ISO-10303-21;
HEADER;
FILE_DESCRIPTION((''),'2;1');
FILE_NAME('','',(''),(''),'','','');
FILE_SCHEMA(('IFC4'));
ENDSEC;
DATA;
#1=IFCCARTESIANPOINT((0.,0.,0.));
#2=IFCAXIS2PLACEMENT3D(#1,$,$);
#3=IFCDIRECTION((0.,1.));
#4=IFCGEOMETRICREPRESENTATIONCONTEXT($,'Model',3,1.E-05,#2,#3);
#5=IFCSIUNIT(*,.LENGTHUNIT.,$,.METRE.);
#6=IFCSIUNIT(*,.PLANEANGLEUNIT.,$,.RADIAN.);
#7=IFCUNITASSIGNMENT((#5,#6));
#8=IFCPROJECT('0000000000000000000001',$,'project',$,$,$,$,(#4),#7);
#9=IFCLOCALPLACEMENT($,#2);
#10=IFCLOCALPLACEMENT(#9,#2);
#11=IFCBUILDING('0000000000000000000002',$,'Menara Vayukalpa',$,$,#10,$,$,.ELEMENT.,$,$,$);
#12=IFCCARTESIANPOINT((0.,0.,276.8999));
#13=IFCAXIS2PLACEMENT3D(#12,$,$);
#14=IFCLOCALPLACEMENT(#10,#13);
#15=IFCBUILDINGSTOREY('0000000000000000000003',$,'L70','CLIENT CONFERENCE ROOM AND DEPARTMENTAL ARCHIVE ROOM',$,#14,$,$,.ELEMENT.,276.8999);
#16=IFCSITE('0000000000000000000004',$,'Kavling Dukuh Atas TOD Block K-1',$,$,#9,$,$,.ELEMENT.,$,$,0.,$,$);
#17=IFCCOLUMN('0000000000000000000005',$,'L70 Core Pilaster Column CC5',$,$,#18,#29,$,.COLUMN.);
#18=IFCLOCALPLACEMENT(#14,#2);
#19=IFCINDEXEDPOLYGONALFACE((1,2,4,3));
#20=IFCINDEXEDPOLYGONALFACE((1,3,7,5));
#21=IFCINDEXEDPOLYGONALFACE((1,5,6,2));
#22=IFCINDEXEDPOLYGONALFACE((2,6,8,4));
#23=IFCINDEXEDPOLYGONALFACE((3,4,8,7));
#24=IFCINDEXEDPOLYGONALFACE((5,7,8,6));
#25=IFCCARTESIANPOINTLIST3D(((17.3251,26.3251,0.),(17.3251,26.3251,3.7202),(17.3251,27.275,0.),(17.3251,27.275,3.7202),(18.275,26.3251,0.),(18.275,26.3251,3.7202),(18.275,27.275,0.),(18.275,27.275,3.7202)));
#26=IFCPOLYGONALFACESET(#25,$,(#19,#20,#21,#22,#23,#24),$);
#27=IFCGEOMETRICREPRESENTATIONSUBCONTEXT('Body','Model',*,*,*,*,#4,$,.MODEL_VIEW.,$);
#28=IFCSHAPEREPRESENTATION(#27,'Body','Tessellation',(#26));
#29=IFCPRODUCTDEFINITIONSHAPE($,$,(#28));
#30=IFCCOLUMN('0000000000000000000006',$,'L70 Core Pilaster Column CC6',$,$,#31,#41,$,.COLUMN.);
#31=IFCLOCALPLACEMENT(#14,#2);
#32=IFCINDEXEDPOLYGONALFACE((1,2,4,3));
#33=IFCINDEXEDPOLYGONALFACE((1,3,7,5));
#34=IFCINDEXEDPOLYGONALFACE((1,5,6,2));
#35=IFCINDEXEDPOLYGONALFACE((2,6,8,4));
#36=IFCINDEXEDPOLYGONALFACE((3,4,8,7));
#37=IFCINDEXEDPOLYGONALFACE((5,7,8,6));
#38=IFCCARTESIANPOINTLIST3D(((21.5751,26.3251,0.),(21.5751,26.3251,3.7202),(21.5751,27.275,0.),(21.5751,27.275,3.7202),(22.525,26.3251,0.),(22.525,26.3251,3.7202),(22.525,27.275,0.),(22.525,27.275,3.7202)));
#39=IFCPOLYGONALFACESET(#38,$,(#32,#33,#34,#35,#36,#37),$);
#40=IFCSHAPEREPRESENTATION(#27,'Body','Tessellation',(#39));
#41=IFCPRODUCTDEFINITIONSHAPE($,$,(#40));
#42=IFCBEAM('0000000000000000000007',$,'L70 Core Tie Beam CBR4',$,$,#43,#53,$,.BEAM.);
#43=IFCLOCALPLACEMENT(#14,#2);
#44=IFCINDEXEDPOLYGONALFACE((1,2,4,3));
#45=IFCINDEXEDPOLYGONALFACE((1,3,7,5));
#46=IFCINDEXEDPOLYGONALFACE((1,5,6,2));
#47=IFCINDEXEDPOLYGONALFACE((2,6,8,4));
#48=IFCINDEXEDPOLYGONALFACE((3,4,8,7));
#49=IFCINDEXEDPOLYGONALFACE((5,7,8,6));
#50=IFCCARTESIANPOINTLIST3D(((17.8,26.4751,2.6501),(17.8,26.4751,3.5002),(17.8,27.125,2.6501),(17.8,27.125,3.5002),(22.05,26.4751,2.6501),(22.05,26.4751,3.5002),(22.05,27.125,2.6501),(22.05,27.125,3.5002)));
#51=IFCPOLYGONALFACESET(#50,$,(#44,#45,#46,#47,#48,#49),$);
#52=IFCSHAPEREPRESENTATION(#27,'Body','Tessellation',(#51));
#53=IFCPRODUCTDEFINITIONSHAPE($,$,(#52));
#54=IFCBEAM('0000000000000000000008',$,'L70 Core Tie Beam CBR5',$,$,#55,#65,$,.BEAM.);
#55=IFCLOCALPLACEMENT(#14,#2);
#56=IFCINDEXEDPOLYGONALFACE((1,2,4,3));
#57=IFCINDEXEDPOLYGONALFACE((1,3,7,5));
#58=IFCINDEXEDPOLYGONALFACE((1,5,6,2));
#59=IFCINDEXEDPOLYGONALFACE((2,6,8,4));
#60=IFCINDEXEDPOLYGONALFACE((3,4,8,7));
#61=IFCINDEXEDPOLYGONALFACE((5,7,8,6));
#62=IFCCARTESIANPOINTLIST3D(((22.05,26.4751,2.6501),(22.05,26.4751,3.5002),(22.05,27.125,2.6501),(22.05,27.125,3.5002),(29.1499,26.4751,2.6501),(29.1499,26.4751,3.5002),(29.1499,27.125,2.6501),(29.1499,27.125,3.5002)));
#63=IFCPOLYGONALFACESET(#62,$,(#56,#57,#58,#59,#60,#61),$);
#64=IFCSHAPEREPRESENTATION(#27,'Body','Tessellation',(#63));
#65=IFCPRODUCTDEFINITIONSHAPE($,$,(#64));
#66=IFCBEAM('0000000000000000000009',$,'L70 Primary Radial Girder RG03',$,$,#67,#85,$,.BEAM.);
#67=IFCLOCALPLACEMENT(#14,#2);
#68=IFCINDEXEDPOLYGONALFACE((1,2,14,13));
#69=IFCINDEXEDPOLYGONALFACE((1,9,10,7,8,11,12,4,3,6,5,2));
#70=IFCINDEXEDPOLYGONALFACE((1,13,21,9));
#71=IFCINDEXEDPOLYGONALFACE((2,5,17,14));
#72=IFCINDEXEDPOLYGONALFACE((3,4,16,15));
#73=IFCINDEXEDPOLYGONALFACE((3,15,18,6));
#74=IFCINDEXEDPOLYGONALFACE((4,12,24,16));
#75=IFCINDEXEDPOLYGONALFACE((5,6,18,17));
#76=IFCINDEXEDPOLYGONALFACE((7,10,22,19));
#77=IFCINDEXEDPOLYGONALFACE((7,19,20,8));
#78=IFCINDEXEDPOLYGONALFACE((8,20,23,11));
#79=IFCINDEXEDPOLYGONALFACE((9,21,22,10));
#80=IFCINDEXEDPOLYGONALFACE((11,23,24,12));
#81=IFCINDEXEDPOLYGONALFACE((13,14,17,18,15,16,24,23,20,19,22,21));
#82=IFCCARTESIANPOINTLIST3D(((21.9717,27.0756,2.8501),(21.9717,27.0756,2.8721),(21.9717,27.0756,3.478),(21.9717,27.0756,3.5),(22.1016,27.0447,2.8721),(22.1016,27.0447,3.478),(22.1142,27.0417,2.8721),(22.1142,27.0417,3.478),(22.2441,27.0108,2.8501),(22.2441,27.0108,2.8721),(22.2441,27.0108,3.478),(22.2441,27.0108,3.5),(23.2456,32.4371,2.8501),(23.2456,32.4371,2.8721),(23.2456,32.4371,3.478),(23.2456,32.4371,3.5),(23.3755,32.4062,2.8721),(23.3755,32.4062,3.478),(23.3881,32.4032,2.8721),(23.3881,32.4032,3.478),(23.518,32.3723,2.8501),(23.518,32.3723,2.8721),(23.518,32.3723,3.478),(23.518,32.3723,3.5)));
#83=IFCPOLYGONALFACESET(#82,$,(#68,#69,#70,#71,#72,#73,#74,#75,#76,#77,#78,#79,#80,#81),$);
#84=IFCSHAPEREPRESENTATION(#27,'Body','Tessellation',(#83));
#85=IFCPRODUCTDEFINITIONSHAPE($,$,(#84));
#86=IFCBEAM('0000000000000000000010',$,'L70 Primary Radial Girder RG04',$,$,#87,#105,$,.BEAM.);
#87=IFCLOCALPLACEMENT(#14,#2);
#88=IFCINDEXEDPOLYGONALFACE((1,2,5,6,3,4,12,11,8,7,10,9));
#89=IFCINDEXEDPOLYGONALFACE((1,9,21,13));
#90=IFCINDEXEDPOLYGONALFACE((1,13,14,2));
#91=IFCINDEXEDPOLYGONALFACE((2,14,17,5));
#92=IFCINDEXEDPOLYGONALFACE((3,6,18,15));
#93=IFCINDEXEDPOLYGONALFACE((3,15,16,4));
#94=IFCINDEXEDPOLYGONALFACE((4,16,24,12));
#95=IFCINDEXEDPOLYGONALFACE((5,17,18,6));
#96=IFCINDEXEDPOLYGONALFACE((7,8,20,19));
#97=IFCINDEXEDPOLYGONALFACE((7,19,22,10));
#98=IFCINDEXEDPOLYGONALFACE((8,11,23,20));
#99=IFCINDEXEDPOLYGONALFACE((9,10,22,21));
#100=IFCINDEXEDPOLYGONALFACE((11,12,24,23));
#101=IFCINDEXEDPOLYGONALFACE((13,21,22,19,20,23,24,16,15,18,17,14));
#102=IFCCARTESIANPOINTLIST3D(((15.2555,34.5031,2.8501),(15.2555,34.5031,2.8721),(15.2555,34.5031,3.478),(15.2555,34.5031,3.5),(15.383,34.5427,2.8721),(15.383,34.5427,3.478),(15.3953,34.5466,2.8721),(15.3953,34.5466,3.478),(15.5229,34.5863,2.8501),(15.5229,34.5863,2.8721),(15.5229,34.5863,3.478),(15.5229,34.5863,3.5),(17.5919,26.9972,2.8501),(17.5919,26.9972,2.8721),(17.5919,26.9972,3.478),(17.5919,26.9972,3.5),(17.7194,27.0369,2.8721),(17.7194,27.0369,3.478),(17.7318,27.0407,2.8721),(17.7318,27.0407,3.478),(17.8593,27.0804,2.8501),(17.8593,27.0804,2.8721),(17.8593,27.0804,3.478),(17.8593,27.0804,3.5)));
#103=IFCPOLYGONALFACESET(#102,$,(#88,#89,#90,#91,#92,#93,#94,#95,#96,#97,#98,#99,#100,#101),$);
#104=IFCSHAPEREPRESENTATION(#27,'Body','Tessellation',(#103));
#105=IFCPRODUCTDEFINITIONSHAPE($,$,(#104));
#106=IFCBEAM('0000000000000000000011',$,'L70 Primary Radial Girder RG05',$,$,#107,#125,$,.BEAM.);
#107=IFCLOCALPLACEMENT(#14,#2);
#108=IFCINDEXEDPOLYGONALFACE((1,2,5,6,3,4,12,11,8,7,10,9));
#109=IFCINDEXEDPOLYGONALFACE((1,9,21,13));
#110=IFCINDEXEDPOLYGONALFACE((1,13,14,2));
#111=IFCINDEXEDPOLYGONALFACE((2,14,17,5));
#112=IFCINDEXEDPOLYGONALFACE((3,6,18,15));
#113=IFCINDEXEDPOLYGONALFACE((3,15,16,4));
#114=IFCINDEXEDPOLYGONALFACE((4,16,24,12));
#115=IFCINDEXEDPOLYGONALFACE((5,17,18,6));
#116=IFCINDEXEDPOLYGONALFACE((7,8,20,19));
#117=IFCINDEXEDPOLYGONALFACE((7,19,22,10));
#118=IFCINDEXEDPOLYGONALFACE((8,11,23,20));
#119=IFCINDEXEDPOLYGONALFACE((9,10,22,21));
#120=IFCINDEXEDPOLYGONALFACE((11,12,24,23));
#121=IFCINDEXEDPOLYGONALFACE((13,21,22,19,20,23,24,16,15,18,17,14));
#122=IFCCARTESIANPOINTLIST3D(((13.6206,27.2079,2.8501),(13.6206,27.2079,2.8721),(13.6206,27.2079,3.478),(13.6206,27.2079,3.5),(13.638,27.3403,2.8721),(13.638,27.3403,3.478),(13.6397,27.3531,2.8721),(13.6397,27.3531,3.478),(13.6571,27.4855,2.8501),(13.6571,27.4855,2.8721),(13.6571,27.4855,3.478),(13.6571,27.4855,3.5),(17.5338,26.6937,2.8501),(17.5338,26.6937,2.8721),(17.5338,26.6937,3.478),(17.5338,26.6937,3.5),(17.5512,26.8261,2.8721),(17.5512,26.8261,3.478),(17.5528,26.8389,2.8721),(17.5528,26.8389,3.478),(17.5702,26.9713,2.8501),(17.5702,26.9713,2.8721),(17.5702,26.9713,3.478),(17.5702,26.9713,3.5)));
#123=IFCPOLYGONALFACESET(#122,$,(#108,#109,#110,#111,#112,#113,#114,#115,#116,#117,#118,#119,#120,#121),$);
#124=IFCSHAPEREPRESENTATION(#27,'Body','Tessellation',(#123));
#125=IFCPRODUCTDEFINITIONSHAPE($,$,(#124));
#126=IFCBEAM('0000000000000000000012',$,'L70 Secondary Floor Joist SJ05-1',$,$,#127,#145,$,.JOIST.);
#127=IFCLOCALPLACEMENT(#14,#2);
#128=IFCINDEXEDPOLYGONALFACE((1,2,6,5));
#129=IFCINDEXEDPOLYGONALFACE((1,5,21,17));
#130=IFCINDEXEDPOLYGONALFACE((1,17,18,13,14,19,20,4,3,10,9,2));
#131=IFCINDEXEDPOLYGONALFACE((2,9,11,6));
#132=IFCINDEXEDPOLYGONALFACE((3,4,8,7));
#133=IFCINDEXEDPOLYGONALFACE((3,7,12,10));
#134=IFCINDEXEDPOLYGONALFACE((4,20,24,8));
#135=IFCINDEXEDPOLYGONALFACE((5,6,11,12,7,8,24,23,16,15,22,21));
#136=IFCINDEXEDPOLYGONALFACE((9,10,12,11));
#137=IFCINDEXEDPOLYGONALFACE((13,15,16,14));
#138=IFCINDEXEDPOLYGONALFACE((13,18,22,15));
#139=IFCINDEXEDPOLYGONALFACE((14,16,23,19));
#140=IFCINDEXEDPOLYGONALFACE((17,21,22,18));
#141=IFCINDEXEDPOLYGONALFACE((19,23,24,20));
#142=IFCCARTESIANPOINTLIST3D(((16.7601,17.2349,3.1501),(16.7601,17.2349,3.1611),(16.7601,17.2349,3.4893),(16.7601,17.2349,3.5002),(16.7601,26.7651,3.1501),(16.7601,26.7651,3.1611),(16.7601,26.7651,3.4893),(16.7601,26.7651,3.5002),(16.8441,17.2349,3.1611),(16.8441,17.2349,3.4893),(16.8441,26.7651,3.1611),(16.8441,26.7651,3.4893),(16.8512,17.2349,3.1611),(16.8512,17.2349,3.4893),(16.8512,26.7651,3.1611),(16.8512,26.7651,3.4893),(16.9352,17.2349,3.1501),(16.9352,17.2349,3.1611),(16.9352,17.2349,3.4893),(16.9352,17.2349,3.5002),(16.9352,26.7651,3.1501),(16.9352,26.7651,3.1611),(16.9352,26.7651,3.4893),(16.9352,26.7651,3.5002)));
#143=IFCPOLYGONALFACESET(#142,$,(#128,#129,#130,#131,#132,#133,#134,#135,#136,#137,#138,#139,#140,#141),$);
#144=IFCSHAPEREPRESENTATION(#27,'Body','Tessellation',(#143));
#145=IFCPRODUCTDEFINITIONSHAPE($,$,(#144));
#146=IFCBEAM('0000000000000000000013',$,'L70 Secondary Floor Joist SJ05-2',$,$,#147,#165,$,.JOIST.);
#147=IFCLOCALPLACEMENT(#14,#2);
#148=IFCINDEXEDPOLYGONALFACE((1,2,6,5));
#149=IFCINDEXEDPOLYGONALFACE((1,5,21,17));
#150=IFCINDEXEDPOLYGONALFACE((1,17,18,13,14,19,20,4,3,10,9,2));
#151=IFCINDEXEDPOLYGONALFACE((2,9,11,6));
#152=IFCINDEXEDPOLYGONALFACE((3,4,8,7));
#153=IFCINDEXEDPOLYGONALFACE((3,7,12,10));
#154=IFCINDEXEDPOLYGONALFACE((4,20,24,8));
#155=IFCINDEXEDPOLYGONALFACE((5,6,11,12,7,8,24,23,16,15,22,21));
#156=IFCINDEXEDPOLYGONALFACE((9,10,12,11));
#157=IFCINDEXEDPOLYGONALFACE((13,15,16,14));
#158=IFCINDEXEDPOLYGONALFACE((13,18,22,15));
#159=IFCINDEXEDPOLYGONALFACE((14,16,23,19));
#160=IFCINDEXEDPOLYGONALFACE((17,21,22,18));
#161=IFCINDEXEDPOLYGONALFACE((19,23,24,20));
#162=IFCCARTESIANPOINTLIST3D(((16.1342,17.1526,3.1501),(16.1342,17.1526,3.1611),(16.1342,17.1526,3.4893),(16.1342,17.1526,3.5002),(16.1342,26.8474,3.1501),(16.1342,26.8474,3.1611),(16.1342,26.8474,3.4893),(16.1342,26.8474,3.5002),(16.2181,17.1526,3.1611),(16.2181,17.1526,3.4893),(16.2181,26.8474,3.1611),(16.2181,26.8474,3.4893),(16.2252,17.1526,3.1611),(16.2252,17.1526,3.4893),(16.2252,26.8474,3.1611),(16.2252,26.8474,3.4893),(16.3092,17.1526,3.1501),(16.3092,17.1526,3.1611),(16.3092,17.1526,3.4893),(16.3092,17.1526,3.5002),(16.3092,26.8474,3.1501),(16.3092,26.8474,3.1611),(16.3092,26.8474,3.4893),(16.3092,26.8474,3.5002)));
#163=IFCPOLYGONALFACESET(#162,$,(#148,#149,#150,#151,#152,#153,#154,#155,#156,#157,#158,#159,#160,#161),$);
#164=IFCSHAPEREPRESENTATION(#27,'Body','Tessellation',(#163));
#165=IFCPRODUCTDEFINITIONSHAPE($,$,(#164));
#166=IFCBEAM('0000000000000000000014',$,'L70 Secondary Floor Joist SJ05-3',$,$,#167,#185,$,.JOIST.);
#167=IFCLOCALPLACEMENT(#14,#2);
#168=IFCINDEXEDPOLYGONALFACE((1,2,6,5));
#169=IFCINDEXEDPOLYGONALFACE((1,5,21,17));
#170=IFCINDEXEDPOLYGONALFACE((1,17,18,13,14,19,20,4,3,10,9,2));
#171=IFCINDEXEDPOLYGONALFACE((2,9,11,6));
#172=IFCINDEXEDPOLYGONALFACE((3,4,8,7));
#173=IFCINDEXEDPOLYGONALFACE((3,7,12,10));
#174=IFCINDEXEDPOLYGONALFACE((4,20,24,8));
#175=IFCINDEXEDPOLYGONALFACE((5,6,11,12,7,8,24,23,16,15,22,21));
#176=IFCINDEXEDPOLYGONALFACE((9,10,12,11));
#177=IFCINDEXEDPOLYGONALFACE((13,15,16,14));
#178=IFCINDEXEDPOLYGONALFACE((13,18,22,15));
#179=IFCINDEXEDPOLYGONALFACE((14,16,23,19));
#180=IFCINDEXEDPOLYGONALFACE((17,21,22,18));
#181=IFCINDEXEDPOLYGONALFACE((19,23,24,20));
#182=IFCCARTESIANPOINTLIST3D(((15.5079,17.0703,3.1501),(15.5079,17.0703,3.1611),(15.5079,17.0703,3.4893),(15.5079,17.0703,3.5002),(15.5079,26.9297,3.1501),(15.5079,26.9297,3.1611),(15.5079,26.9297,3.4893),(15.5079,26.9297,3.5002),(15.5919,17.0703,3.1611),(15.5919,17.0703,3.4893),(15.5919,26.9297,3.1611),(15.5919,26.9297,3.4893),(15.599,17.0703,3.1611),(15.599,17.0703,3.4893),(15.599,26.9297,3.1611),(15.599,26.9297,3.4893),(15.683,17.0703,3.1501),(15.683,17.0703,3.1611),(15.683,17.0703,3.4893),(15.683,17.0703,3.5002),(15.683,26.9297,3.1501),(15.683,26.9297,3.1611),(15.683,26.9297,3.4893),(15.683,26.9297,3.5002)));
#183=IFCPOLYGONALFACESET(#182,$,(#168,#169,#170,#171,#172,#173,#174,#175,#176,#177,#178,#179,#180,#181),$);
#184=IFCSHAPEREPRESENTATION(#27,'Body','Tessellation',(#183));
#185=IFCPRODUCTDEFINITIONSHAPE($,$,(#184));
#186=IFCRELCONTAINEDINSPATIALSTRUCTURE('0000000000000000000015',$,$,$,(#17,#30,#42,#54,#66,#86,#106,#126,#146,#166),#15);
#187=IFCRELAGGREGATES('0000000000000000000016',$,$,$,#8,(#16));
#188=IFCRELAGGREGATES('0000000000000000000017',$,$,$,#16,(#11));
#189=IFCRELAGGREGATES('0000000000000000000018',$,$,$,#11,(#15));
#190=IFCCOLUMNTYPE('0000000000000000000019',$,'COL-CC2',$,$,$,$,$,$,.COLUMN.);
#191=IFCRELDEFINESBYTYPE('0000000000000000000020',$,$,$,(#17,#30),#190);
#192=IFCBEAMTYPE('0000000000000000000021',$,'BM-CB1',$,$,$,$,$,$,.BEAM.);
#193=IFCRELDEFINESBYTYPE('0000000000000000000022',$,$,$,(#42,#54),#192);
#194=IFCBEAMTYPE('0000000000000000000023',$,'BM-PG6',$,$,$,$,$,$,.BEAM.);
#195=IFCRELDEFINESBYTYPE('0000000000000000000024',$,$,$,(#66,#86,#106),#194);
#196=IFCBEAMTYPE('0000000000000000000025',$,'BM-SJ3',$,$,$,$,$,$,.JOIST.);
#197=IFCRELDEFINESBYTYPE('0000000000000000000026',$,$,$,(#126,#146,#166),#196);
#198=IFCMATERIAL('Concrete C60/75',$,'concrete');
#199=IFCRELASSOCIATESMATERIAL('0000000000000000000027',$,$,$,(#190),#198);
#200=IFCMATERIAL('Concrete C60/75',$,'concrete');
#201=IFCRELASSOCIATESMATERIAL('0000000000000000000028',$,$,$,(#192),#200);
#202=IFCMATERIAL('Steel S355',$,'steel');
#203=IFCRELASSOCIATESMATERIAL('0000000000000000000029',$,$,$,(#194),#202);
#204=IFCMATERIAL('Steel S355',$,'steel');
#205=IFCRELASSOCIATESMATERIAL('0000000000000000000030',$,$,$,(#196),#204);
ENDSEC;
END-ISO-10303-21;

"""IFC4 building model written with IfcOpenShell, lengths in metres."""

from ifc_helpers import new_model, si_unit, direction, frame, origin, origin_2d, place, context, subcontext, project, spatial, rectangle, i_section, extrude, material, material_profile, profile_set, type_object, element, save


model = new_model("IFC4")

# Units and contexts
model_context = context("Model", 3, precision=1e-05, world=origin(), true_north=direction((0.0, 1.0)))
body_context = subcontext(model_context, "Body", "Model", "MODEL_VIEW")
ifc_project = project(units=[si_unit("LENGTHUNIT", "METRE"), si_unit("PLANEANGLEUNIT", "RADIAN")], contexts=[model_context])

# Site, building, storey
site_placement = place(None, origin())
site = spatial("IfcSite", under=ifc_project, at=site_placement, Name="Kavling Dukuh Atas TOD Block K-1", CompositionType="ELEMENT", RefElevation=0.0)
building_placement = place(site_placement, origin())
building = spatial("IfcBuilding", under=site, at=building_placement, Name="Menara Vayukalpa", CompositionType="ELEMENT")
storey_placement = place(building_placement, frame((0.0, 0.0, 276.8999)))
storey = spatial("IfcBuildingStorey", under=building, at=storey_placement, Name="L70", Description="CLIENT CONFERENCE ROOM AND DEPARTMENTAL ARCHIVE ROOM", CompositionType="ELEMENT", Elevation=276.8999)

# Columns
ifc_material_1 = material(Name="Concrete C60/75", Category="concrete")
ifc_material_profile_1 = material_profile(ifc_material_1, rectangle(XDim=0.95, YDim=0.95, at=origin_2d()), Name="RC 950x950")
ifc_profile_set_1 = profile_set([ifc_material_profile_1], Name="Concrete C60/75")
column_type = type_object("IfcColumnType", Name="COL-CC2", PredefinedType="COLUMN", material=ifc_profile_set_1)
for number, where, z_axis, x_axis, name in (
    (1, (17.8, 26.8, 0.0), (0.0, 0.0, 1.0), (1.0, 0.0, 0.0), "L70 Core Pilaster Column CC5"),
    (2, (22.05, 26.8, 0.0), (0.0, 0.0, 1.0), (1.0, 0.0, 0.0), "L70 Core Pilaster Column CC6"),
):
    element("IfcColumn", number, at=place(storey_placement, frame(where, z_axis=z_axis, x_axis=x_axis)), inside=storey, type_object=column_type, Name=name, PredefinedType="COLUMN", context=body_context, shape_type="SweptSolid", body=[
        extrude(rectangle(XDim=0.95, YDim=0.95, at=origin_2d()), origin(), (0.0, 0.0, 1.0), 3.7202),
    ])

# Beams
ifc_material_2 = material(Name="Concrete C60/75", Category="concrete")
ifc_material_profile_2 = material_profile(ifc_material_2, rectangle(XDim=0.6499, YDim=0.8501, at=origin_2d()), Name="RC 650x850")
ifc_profile_set_2 = profile_set([ifc_material_profile_2], Name="Concrete C60/75")
beam_type_1 = type_object("IfcBeamType", Name="BM-CB1", PredefinedType="BEAM", material=ifc_profile_set_2)
beam_1_placement = place(storey_placement, frame((17.8, 26.8, 3.0752), z_axis=(1.0, 0.0, 0.0), x_axis=(0.0, 1.0, 0.0)))
element("IfcBeam", 3, at=beam_1_placement, inside=storey, type_object=beam_type_1, Name="L70 Core Tie Beam CBR4", PredefinedType="BEAM", context=body_context, shape_type="SweptSolid", body=[
    extrude(rectangle(XDim=0.6499, YDim=0.8501, at=origin_2d()), origin(), (0.0, 0.0, 1.0), 4.25),
])
beam_2_placement = place(storey_placement, frame((22.05, 26.8, 3.0752), z_axis=(1.0, 0.0, 0.0), x_axis=(0.0, 1.0, 0.0)))
element("IfcBeam", 4, at=beam_2_placement, inside=storey, type_object=beam_type_1, Name="L70 Core Tie Beam CBR5", PredefinedType="BEAM", context=body_context, shape_type="SweptSolid", body=[
    extrude(rectangle(XDim=0.6499, YDim=0.8501, at=origin_2d()), origin(), (0.0, 0.0, 1.0), 7.0999),
])
ifc_material_3 = material(Name="Steel S355", Category="steel")
ifc_material_profile_3 = material_profile(ifc_material_3, i_section(OverallWidth=0.28, OverallDepth=0.6499, WebThickness=0.0129, FlangeThickness=0.022, at=origin_2d()), Name="WF 650x280x13x22")
ifc_profile_set_3 = profile_set([ifc_material_profile_3], Name="Steel S355")
beam_type_2 = type_object("IfcBeamType", Name="BM-PG6", PredefinedType="BEAM", material=ifc_profile_set_3)
beam_3_placement = place(storey_placement, frame((22.1079, 27.0432, 3.175), z_axis=(0.231167, 0.972914, 0.0), x_axis=(-0.972914, 0.231167, 0.0)))
element("IfcBeam", 5, at=beam_3_placement, inside=storey, type_object=beam_type_2, Name="L70 Primary Radial Girder RG03", PredefinedType="BEAM", context=body_context, shape_type="SweptSolid", body=[
    extrude(i_section(OverallWidth=0.28, OverallDepth=0.6499, WebThickness=0.0129, FlangeThickness=0.022, at=origin_2d()), origin(), (0.0, 0.0, 1.0), 5.5107),
])
beam_4_placement = place(storey_placement, frame((17.7256, 27.0388, 3.175), z_axis=(-0.297214, 0.954811, 0.0), x_axis=(-0.954811, -0.297214, 0.0)))
element("IfcBeam", 6, at=beam_4_placement, inside=storey, type_object=beam_type_2, Name="L70 Primary Radial Girder RG04", PredefinedType="BEAM", context=body_context, shape_type="SweptSolid", body=[
    extrude(i_section(OverallWidth=0.28, OverallDepth=0.6499, WebThickness=0.0129, FlangeThickness=0.022, at=origin_2d()), origin(), (0.0, 0.0, 1.0), 7.8611),
])
beam_5_placement = place(storey_placement, frame((17.552, 26.8325, 3.175), z_axis=(-0.991478, 0.130275, 0.0), x_axis=(-0.130275, -0.991478, 0.0)))
element("IfcBeam", 7, at=beam_5_placement, inside=storey, type_object=beam_type_2, Name="L70 Primary Radial Girder RG05", PredefinedType="BEAM", context=body_context, shape_type="SweptSolid", body=[
    extrude(i_section(OverallWidth=0.28, OverallDepth=0.6499, WebThickness=0.0129, FlangeThickness=0.022, at=origin_2d()), origin(), (0.0, 0.0, 1.0), 3.9468),
])
ifc_material_4 = material(Name="Steel S355", Category="steel")
ifc_material_profile_4 = material_profile(ifc_material_4, i_section(OverallWidth=0.175, OverallDepth=0.3501, WebThickness=0.0071, FlangeThickness=0.011, at=origin_2d()), Name="WF 350x175x7x11")
ifc_profile_set_4 = profile_set([ifc_material_profile_4], Name="Steel S355")
beam_type_3 = type_object("IfcBeamType", Name="BM-SJ3", PredefinedType="JOIST", material=ifc_profile_set_4)
beam_6_placement = place(storey_placement, frame((16.8477, 26.7651, 3.3252), z_axis=(0.0, -1.0, 0.0), x_axis=(1.0, 0.0, 0.0)))
element("IfcBeam", 8, at=beam_6_placement, inside=storey, type_object=beam_type_3, Name="L70 Secondary Floor Joist SJ05-1", PredefinedType="JOIST", context=body_context, shape_type="SweptSolid", body=[
    extrude(i_section(OverallWidth=0.175, OverallDepth=0.3501, WebThickness=0.0071, FlangeThickness=0.011, at=origin_2d()), origin(), (0.0, 0.0, 1.0), 9.5303),
])
beam_7_placement = place(storey_placement, frame((16.2217, 26.8474, 3.3252), z_axis=(0.0, -1.0, 0.0), x_axis=(1.0, 0.0, 0.0)))
element("IfcBeam", 9, at=beam_7_placement, inside=storey, type_object=beam_type_3, Name="L70 Secondary Floor Joist SJ05-2", PredefinedType="JOIST", context=body_context, shape_type="SweptSolid", body=[
    extrude(i_section(OverallWidth=0.175, OverallDepth=0.3501, WebThickness=0.0071, FlangeThickness=0.011, at=origin_2d()), origin(), (0.0, 0.0, 1.0), 9.6948),
])
beam_8_placement = place(storey_placement, frame((15.5955, 26.9297, 3.3252), z_axis=(0.0, -1.0, 0.0), x_axis=(1.0, 0.0, 0.0)))
element("IfcBeam", 10, at=beam_8_placement, inside=storey, type_object=beam_type_3, Name="L70 Secondary Floor Joist SJ05-3", PredefinedType="JOIST", context=body_context, shape_type="SweptSolid", body=[
    extrude(i_section(OverallWidth=0.175, OverallDepth=0.3501, WebThickness=0.0071, FlangeThickness=0.011, at=origin_2d()), origin(), (0.0, 0.0, 1.0), 9.8594),
])

save(model, "model.ifc")
